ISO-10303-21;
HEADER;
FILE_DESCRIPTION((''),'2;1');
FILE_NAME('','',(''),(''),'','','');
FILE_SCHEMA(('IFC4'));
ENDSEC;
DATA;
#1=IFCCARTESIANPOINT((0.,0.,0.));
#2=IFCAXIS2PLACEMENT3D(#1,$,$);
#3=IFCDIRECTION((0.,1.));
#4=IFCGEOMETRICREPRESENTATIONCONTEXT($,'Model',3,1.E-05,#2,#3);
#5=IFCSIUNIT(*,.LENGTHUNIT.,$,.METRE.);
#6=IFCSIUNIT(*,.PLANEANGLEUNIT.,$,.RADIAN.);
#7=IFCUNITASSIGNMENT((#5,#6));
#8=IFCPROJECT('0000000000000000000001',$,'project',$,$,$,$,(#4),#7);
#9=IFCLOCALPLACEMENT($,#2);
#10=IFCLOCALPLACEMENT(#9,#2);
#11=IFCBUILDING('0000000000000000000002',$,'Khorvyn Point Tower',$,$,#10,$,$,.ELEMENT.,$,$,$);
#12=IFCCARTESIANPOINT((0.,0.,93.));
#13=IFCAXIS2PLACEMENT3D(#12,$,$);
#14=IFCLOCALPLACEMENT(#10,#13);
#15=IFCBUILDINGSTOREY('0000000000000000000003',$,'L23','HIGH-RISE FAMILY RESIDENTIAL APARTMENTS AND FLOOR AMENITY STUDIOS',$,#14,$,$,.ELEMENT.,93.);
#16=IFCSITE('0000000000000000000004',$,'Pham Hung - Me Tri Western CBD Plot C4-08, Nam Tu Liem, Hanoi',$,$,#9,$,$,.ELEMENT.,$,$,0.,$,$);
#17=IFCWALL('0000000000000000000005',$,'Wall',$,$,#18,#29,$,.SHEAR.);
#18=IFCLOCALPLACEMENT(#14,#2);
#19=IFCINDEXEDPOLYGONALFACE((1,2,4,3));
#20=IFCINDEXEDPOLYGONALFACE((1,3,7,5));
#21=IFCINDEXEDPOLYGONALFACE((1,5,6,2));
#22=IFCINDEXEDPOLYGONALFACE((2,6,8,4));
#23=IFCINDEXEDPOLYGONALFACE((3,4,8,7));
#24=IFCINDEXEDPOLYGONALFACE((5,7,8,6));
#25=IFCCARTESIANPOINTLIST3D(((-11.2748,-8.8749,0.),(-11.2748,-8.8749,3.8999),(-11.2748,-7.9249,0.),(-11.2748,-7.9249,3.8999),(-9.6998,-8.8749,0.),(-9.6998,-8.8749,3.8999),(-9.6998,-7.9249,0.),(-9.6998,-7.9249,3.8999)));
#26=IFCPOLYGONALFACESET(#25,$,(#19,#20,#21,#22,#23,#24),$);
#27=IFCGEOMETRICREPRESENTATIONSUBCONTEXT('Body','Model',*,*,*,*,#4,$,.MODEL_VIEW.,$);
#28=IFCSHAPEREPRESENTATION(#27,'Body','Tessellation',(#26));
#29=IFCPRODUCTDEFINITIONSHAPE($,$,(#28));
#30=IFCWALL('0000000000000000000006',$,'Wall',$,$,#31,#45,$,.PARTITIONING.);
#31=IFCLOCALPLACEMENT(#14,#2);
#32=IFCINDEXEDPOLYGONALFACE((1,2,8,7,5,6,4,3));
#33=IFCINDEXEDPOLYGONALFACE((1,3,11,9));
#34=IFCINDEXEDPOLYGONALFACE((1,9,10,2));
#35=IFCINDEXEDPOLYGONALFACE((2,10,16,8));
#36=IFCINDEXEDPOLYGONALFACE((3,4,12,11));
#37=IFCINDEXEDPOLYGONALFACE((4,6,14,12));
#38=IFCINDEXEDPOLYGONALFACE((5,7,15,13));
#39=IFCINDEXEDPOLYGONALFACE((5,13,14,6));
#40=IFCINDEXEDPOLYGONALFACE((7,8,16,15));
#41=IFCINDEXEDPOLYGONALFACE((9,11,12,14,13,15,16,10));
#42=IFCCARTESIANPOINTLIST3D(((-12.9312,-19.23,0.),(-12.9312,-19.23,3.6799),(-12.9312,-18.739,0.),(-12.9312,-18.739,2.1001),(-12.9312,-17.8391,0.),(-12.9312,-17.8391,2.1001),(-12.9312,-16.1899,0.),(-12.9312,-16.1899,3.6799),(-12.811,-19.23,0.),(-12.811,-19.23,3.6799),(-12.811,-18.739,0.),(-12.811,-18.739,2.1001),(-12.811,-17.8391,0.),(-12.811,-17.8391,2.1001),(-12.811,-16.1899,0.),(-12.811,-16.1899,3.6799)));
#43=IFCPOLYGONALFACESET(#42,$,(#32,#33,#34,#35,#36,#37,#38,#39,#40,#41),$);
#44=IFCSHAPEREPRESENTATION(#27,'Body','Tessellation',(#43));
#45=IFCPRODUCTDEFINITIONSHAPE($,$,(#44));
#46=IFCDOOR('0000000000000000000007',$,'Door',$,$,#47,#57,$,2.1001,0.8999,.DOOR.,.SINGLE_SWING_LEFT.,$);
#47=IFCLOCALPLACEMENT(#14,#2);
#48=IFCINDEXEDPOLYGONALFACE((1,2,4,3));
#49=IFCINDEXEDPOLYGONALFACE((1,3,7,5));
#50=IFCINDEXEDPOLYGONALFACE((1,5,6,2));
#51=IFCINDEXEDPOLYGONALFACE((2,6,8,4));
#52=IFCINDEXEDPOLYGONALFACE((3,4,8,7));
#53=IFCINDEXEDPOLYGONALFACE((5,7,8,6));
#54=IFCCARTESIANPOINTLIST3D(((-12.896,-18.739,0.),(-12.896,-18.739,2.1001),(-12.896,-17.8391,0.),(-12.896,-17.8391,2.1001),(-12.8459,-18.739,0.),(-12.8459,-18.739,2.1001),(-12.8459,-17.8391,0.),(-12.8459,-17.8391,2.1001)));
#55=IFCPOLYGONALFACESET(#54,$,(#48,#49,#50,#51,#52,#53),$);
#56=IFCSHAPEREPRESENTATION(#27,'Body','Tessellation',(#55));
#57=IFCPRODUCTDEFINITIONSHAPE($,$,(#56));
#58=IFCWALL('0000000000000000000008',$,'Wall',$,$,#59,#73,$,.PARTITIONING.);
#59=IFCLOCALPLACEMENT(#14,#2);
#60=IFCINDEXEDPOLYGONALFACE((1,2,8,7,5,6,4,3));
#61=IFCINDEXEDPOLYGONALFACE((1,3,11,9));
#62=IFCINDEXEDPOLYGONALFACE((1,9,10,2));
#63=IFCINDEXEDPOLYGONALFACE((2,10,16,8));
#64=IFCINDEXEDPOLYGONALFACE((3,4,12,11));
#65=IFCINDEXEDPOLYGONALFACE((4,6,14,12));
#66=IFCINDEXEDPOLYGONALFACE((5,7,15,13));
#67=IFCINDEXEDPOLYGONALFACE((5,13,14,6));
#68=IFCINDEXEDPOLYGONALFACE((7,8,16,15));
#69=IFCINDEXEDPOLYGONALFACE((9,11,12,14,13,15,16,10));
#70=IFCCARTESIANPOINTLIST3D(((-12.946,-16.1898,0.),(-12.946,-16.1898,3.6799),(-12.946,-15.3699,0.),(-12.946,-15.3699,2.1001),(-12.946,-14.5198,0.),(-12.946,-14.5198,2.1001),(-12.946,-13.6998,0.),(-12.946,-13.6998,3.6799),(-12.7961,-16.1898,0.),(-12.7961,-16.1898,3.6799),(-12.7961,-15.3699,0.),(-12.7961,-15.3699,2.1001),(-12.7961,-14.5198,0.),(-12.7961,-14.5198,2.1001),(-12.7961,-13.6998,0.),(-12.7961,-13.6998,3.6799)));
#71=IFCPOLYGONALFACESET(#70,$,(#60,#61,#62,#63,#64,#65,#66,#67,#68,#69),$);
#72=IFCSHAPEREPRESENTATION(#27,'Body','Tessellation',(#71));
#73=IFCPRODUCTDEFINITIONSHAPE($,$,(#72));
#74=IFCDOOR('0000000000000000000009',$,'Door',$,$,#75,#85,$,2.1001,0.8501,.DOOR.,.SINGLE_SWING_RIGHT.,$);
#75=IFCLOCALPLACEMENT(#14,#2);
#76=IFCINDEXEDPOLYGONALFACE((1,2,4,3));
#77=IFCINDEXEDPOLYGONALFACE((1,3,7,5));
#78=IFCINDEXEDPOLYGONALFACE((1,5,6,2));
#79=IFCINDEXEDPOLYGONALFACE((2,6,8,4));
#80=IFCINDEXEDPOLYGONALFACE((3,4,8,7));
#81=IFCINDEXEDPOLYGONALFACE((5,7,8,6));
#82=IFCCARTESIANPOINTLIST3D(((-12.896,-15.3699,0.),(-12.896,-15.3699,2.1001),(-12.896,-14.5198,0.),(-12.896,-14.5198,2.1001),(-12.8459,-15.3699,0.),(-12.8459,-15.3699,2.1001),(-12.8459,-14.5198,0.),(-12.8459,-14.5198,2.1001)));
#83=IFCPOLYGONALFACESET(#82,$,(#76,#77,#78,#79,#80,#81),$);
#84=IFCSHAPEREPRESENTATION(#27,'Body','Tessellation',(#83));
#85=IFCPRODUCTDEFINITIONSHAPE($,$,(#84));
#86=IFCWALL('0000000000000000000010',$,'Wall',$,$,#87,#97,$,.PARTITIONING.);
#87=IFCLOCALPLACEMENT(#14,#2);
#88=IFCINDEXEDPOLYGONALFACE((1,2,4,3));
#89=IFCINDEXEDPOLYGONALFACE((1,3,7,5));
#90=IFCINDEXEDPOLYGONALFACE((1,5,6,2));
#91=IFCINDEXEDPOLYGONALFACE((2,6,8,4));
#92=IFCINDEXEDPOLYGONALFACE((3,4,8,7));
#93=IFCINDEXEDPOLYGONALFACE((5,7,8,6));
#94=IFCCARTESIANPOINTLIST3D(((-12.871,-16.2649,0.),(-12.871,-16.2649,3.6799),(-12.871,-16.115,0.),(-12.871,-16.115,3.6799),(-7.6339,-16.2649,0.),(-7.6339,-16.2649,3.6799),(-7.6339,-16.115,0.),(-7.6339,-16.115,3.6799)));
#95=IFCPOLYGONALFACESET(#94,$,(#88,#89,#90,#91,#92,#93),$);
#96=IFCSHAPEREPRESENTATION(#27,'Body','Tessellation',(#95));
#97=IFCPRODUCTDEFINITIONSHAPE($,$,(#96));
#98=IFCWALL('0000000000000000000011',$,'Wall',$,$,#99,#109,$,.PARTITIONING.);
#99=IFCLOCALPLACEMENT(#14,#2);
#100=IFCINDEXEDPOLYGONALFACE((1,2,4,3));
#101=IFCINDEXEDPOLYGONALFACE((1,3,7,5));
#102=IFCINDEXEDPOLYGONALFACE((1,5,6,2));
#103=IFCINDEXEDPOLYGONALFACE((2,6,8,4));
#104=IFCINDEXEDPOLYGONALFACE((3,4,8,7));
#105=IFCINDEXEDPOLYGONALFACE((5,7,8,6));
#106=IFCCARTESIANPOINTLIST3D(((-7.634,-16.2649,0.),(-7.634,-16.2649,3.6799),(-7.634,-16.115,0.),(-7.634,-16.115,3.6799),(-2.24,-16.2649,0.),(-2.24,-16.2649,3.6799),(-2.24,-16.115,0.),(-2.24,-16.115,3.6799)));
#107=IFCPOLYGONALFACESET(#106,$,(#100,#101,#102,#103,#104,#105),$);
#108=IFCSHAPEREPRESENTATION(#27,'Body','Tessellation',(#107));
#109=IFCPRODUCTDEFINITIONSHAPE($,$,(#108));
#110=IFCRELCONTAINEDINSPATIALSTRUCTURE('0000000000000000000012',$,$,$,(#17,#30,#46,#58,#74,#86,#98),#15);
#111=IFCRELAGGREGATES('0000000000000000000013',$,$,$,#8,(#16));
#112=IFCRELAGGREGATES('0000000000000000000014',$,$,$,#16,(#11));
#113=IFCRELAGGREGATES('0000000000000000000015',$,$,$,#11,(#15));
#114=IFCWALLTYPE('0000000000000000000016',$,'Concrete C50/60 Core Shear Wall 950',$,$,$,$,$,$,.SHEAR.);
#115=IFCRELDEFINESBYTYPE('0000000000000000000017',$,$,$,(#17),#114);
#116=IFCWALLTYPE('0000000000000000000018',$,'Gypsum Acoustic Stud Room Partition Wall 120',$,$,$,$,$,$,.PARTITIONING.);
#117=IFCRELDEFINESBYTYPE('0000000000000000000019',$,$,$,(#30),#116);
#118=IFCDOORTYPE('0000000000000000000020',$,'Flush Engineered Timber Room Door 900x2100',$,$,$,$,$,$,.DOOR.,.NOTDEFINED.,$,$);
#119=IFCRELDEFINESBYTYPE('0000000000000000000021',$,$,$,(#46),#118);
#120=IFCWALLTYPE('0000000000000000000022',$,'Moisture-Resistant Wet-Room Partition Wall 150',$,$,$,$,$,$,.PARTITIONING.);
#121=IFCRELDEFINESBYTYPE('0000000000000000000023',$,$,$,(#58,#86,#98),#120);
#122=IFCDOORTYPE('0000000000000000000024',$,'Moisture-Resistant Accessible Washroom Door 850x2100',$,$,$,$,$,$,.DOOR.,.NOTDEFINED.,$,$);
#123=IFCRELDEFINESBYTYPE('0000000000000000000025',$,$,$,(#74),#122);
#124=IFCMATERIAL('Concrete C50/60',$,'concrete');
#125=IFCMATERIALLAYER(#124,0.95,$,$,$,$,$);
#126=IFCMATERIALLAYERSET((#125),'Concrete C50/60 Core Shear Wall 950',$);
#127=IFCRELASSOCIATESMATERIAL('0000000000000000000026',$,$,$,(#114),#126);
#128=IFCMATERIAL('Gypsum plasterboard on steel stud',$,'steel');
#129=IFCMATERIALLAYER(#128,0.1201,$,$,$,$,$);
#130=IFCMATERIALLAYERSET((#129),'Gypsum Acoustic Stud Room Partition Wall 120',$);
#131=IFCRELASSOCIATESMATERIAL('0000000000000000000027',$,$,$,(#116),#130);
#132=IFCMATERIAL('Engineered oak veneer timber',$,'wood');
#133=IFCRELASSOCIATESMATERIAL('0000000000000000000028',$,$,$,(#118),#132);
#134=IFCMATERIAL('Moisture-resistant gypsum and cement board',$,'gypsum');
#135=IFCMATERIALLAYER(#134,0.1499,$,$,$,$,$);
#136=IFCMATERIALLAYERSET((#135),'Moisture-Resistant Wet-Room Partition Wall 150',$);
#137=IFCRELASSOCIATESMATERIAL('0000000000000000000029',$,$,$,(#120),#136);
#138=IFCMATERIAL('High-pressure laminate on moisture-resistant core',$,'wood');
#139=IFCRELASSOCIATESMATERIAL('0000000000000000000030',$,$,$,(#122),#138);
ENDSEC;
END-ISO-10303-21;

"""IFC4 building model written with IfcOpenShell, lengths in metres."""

from ifc_helpers import new_model, si_unit, direction, frame, frame_2d, origin, place, context, subcontext, project, spatial, rectangle, extrude, material, layer, layer_set, type_object, element, fill, save


model = new_model("IFC4")

# Units and contexts
model_context = context("Model", 3, precision=1e-05, world=origin(), true_north=direction((0.0, 1.0)))
body_context = subcontext(model_context, "Body", "Model", "MODEL_VIEW")
ifc_project = project(units=[si_unit("LENGTHUNIT", "METRE"), si_unit("PLANEANGLEUNIT", "RADIAN")], contexts=[model_context])

# Site, building, storey
site_placement = place(None, origin())
site = spatial("IfcSite", under=ifc_project, at=site_placement, Name="Pham Hung - Me Tri Western CBD Plot C4-08, Nam Tu Liem, Hanoi", CompositionType="ELEMENT", RefElevation=0.0)
building_placement = place(site_placement, origin())
building = spatial("IfcBuilding", under=site, at=building_placement, Name="Khorvyn Point Tower", CompositionType="ELEMENT")
storey_placement = place(building_placement, frame((0.0, 0.0, 93.0)))
storey = spatial("IfcBuildingStorey", under=building, at=storey_placement, Name="L23", Description="HIGH-RISE FAMILY RESIDENTIAL APARTMENTS AND FLOOR AMENITY STUDIOS", CompositionType="ELEMENT", Elevation=93.0)

# Shared definitions
ifc_material_1 = material(Name="Concrete C50/60", Category="concrete")

# Wall
ifc_layer_1 = layer(ifc_material_1, 0.95)
ifc_layer_set_1 = layer_set([ifc_layer_1], Name="Concrete C50/60 Core Shear Wall 950")
wall_type_1 = type_object("IfcWallType", Name="Concrete C50/60 Core Shear Wall 950", PredefinedType="SHEAR", material=ifc_layer_set_1)
wall_1_placement = place(storey_placement, frame((-11.2749, -8.3999, 0.0), z_axis=(0.0, 0.0, 1.0), x_axis=(1.0, 0.0, 0.0)))
element("IfcWall", 1, at=wall_1_placement, inside=storey, type_object=wall_type_1, Name="Wall", PredefinedType="SHEAR", context=body_context, shape_type="SweptSolid", body=[
    extrude(rectangle(XDim=1.575, YDim=0.95, at=frame_2d((0.7876, 0.0))), origin(), (0.0, 0.0, 1.0), 3.8999),
])

# Walls, openings, doors
ifc_material_2 = material(Name="Gypsum plasterboard on steel stud", Category="steel")
ifc_layer_2 = layer(ifc_material_2, 0.1201)
ifc_layer_set_2 = layer_set([ifc_layer_2], Name="Gypsum Acoustic Stud Room Partition Wall 120")
wall_type_2 = type_object("IfcWallType", Name="Gypsum Acoustic Stud Room Partition Wall 120", PredefinedType="PARTITIONING", material=ifc_layer_set_2)
wall_2_placement = place(storey_placement, frame((-12.8711, -19.23, 0.0), z_axis=(0.0, 0.0, 1.0), x_axis=(0.0, 1.0, 0.0)))
wall_2 = element("IfcWall", 2, at=wall_2_placement, inside=storey, type_object=wall_type_2, Name="Wall", PredefinedType="PARTITIONING", context=body_context, shape_type="SweptSolid", body=[
    extrude(rectangle(XDim=3.04, YDim=0.1201, at=frame_2d((1.52, 0.0))), origin(), (0.0, 0.0, 1.0), 3.6799),
])
opening_1_placement = place(wall_2_placement, frame((0.491, 0.0, 0.0)))
opening_1 = element("IfcOpeningElement", 3, at=opening_1_placement, cuts=wall_2, PredefinedType="OPENING", context=body_context, shape_type="SweptSolid", body=[
    extrude(rectangle(XDim=0.8999, YDim=2.1001, at=frame_2d((0.45, 1.05))), frame((0.0, 0.0701, 0.0), z_axis=(0.0, -1.0, 0.0), x_axis=(1.0, 0.0, 0.0)), (0.0, 0.0, 1.0), 0.1401),
])
ifc_material_3 = material(Name="Engineered oak veneer timber", Category="wood")
door_type_1 = type_object("IfcDoorType", Name="Flush Engineered Timber Room Door 900x2100", OperationType="NOTDEFINED", PredefinedType="DOOR", material=ifc_material_3)
door_1_placement = place(opening_1_placement, origin())
door_1 = element("IfcDoor", 4, at=door_1_placement, inside=storey, type_object=door_type_1, Name="Door", OperationType="SINGLE_SWING_LEFT", OverallHeight=2.1001, OverallWidth=0.8999, PredefinedType="DOOR", context=body_context, shape_type="SweptSolid", body=[
    extrude(rectangle(XDim=0.8999, YDim=2.1001, at=frame_2d((0.45, 1.05))), frame((0.0, 0.0249, 0.0), z_axis=(0.0, -1.0, 0.0), x_axis=(1.0, 0.0, 0.0)), (0.0, 0.0, 1.0), 0.05),
])
fill(opening_1, door_1)
ifc_material_4 = material(Name="Moisture-resistant gypsum and cement board", Category="gypsum")
ifc_layer_3 = layer(ifc_material_4, 0.1499)
ifc_layer_set_3 = layer_set([ifc_layer_3], Name="Moisture-Resistant Wet-Room Partition Wall 150")
wall_type_3 = type_object("IfcWallType", Name="Moisture-Resistant Wet-Room Partition Wall 150", PredefinedType="PARTITIONING", material=ifc_layer_set_3)
wall_3_placement = place(storey_placement, frame((-12.8711, -16.1899, 0.0), z_axis=(0.0, 0.0, 1.0), x_axis=(0.0, 1.0, 0.0)))
wall_3 = element("IfcWall", 5, at=wall_3_placement, inside=storey, type_object=wall_type_3, Name="Wall", PredefinedType="PARTITIONING", context=body_context, shape_type="SweptSolid", body=[
    extrude(rectangle(XDim=2.49, YDim=0.1499, at=frame_2d((1.2451, 0.0))), origin(), (0.0, 0.0, 1.0), 3.6799),
])
opening_2_placement = place(wall_3_placement, frame((0.8201, 0.0, 0.0)))
opening_2 = element("IfcOpeningElement", 6, at=opening_2_placement, cuts=wall_3, PredefinedType="OPENING", context=body_context, shape_type="SweptSolid", body=[
    extrude(rectangle(XDim=0.8501, YDim=2.1001, at=frame_2d((0.425, 1.05))), frame((0.0, 0.085, 0.0), z_axis=(0.0, -1.0, 0.0), x_axis=(1.0, 0.0, 0.0)), (0.0, 0.0, 1.0), 0.1699),
])
ifc_material_5 = material(Name="High-pressure laminate on moisture-resistant core", Category="wood")
door_type_2 = type_object("IfcDoorType", Name="Moisture-Resistant Accessible Washroom Door 850x2100", OperationType="NOTDEFINED", PredefinedType="DOOR", material=ifc_material_5)
door_2_placement = place(opening_2_placement, origin())
door_2 = element("IfcDoor", 7, at=door_2_placement, inside=storey, type_object=door_type_2, Name="Door", OperationType="SINGLE_SWING_RIGHT", OverallHeight=2.1001, OverallWidth=0.8501, PredefinedType="DOOR", context=body_context, shape_type="SweptSolid", body=[
    extrude(rectangle(XDim=0.8501, YDim=2.1001, at=frame_2d((0.425, 1.05))), frame((0.0, 0.0249, 0.0), z_axis=(0.0, -1.0, 0.0), x_axis=(1.0, 0.0, 0.0)), (0.0, 0.0, 1.0), 0.05),
])
fill(opening_2, door_2)

# Walls
wall_4_placement = place(storey_placement, frame((-12.8711, -16.1899, 0.0), z_axis=(0.0, 0.0, 1.0), x_axis=(1.0, 0.0, 0.0)))
element("IfcWall", 8, at=wall_4_placement, inside=storey, type_object=wall_type_3, Name="Wall", PredefinedType="PARTITIONING", context=body_context, shape_type="SweptSolid", body=[
    extrude(rectangle(XDim=5.2371, YDim=0.1499, at=frame_2d((2.6187, 0.0))), origin(), (0.0, 0.0, 1.0), 3.6799),
])
wall_5_placement = place(storey_placement, frame((-7.634, -16.1899, 0.0), z_axis=(0.0, 0.0, 1.0), x_axis=(1.0, 0.0, 0.0)))
element("IfcWall", 9, at=wall_5_placement, inside=storey, type_object=wall_type_3, Name="Wall", PredefinedType="PARTITIONING", context=body_context, shape_type="SweptSolid", body=[
    extrude(rectangle(XDim=5.394, YDim=0.1499, at=frame_2d((2.697, 0.0))), origin(), (0.0, 0.0, 1.0), 3.6799),
])

save(model, "model.ifc")
